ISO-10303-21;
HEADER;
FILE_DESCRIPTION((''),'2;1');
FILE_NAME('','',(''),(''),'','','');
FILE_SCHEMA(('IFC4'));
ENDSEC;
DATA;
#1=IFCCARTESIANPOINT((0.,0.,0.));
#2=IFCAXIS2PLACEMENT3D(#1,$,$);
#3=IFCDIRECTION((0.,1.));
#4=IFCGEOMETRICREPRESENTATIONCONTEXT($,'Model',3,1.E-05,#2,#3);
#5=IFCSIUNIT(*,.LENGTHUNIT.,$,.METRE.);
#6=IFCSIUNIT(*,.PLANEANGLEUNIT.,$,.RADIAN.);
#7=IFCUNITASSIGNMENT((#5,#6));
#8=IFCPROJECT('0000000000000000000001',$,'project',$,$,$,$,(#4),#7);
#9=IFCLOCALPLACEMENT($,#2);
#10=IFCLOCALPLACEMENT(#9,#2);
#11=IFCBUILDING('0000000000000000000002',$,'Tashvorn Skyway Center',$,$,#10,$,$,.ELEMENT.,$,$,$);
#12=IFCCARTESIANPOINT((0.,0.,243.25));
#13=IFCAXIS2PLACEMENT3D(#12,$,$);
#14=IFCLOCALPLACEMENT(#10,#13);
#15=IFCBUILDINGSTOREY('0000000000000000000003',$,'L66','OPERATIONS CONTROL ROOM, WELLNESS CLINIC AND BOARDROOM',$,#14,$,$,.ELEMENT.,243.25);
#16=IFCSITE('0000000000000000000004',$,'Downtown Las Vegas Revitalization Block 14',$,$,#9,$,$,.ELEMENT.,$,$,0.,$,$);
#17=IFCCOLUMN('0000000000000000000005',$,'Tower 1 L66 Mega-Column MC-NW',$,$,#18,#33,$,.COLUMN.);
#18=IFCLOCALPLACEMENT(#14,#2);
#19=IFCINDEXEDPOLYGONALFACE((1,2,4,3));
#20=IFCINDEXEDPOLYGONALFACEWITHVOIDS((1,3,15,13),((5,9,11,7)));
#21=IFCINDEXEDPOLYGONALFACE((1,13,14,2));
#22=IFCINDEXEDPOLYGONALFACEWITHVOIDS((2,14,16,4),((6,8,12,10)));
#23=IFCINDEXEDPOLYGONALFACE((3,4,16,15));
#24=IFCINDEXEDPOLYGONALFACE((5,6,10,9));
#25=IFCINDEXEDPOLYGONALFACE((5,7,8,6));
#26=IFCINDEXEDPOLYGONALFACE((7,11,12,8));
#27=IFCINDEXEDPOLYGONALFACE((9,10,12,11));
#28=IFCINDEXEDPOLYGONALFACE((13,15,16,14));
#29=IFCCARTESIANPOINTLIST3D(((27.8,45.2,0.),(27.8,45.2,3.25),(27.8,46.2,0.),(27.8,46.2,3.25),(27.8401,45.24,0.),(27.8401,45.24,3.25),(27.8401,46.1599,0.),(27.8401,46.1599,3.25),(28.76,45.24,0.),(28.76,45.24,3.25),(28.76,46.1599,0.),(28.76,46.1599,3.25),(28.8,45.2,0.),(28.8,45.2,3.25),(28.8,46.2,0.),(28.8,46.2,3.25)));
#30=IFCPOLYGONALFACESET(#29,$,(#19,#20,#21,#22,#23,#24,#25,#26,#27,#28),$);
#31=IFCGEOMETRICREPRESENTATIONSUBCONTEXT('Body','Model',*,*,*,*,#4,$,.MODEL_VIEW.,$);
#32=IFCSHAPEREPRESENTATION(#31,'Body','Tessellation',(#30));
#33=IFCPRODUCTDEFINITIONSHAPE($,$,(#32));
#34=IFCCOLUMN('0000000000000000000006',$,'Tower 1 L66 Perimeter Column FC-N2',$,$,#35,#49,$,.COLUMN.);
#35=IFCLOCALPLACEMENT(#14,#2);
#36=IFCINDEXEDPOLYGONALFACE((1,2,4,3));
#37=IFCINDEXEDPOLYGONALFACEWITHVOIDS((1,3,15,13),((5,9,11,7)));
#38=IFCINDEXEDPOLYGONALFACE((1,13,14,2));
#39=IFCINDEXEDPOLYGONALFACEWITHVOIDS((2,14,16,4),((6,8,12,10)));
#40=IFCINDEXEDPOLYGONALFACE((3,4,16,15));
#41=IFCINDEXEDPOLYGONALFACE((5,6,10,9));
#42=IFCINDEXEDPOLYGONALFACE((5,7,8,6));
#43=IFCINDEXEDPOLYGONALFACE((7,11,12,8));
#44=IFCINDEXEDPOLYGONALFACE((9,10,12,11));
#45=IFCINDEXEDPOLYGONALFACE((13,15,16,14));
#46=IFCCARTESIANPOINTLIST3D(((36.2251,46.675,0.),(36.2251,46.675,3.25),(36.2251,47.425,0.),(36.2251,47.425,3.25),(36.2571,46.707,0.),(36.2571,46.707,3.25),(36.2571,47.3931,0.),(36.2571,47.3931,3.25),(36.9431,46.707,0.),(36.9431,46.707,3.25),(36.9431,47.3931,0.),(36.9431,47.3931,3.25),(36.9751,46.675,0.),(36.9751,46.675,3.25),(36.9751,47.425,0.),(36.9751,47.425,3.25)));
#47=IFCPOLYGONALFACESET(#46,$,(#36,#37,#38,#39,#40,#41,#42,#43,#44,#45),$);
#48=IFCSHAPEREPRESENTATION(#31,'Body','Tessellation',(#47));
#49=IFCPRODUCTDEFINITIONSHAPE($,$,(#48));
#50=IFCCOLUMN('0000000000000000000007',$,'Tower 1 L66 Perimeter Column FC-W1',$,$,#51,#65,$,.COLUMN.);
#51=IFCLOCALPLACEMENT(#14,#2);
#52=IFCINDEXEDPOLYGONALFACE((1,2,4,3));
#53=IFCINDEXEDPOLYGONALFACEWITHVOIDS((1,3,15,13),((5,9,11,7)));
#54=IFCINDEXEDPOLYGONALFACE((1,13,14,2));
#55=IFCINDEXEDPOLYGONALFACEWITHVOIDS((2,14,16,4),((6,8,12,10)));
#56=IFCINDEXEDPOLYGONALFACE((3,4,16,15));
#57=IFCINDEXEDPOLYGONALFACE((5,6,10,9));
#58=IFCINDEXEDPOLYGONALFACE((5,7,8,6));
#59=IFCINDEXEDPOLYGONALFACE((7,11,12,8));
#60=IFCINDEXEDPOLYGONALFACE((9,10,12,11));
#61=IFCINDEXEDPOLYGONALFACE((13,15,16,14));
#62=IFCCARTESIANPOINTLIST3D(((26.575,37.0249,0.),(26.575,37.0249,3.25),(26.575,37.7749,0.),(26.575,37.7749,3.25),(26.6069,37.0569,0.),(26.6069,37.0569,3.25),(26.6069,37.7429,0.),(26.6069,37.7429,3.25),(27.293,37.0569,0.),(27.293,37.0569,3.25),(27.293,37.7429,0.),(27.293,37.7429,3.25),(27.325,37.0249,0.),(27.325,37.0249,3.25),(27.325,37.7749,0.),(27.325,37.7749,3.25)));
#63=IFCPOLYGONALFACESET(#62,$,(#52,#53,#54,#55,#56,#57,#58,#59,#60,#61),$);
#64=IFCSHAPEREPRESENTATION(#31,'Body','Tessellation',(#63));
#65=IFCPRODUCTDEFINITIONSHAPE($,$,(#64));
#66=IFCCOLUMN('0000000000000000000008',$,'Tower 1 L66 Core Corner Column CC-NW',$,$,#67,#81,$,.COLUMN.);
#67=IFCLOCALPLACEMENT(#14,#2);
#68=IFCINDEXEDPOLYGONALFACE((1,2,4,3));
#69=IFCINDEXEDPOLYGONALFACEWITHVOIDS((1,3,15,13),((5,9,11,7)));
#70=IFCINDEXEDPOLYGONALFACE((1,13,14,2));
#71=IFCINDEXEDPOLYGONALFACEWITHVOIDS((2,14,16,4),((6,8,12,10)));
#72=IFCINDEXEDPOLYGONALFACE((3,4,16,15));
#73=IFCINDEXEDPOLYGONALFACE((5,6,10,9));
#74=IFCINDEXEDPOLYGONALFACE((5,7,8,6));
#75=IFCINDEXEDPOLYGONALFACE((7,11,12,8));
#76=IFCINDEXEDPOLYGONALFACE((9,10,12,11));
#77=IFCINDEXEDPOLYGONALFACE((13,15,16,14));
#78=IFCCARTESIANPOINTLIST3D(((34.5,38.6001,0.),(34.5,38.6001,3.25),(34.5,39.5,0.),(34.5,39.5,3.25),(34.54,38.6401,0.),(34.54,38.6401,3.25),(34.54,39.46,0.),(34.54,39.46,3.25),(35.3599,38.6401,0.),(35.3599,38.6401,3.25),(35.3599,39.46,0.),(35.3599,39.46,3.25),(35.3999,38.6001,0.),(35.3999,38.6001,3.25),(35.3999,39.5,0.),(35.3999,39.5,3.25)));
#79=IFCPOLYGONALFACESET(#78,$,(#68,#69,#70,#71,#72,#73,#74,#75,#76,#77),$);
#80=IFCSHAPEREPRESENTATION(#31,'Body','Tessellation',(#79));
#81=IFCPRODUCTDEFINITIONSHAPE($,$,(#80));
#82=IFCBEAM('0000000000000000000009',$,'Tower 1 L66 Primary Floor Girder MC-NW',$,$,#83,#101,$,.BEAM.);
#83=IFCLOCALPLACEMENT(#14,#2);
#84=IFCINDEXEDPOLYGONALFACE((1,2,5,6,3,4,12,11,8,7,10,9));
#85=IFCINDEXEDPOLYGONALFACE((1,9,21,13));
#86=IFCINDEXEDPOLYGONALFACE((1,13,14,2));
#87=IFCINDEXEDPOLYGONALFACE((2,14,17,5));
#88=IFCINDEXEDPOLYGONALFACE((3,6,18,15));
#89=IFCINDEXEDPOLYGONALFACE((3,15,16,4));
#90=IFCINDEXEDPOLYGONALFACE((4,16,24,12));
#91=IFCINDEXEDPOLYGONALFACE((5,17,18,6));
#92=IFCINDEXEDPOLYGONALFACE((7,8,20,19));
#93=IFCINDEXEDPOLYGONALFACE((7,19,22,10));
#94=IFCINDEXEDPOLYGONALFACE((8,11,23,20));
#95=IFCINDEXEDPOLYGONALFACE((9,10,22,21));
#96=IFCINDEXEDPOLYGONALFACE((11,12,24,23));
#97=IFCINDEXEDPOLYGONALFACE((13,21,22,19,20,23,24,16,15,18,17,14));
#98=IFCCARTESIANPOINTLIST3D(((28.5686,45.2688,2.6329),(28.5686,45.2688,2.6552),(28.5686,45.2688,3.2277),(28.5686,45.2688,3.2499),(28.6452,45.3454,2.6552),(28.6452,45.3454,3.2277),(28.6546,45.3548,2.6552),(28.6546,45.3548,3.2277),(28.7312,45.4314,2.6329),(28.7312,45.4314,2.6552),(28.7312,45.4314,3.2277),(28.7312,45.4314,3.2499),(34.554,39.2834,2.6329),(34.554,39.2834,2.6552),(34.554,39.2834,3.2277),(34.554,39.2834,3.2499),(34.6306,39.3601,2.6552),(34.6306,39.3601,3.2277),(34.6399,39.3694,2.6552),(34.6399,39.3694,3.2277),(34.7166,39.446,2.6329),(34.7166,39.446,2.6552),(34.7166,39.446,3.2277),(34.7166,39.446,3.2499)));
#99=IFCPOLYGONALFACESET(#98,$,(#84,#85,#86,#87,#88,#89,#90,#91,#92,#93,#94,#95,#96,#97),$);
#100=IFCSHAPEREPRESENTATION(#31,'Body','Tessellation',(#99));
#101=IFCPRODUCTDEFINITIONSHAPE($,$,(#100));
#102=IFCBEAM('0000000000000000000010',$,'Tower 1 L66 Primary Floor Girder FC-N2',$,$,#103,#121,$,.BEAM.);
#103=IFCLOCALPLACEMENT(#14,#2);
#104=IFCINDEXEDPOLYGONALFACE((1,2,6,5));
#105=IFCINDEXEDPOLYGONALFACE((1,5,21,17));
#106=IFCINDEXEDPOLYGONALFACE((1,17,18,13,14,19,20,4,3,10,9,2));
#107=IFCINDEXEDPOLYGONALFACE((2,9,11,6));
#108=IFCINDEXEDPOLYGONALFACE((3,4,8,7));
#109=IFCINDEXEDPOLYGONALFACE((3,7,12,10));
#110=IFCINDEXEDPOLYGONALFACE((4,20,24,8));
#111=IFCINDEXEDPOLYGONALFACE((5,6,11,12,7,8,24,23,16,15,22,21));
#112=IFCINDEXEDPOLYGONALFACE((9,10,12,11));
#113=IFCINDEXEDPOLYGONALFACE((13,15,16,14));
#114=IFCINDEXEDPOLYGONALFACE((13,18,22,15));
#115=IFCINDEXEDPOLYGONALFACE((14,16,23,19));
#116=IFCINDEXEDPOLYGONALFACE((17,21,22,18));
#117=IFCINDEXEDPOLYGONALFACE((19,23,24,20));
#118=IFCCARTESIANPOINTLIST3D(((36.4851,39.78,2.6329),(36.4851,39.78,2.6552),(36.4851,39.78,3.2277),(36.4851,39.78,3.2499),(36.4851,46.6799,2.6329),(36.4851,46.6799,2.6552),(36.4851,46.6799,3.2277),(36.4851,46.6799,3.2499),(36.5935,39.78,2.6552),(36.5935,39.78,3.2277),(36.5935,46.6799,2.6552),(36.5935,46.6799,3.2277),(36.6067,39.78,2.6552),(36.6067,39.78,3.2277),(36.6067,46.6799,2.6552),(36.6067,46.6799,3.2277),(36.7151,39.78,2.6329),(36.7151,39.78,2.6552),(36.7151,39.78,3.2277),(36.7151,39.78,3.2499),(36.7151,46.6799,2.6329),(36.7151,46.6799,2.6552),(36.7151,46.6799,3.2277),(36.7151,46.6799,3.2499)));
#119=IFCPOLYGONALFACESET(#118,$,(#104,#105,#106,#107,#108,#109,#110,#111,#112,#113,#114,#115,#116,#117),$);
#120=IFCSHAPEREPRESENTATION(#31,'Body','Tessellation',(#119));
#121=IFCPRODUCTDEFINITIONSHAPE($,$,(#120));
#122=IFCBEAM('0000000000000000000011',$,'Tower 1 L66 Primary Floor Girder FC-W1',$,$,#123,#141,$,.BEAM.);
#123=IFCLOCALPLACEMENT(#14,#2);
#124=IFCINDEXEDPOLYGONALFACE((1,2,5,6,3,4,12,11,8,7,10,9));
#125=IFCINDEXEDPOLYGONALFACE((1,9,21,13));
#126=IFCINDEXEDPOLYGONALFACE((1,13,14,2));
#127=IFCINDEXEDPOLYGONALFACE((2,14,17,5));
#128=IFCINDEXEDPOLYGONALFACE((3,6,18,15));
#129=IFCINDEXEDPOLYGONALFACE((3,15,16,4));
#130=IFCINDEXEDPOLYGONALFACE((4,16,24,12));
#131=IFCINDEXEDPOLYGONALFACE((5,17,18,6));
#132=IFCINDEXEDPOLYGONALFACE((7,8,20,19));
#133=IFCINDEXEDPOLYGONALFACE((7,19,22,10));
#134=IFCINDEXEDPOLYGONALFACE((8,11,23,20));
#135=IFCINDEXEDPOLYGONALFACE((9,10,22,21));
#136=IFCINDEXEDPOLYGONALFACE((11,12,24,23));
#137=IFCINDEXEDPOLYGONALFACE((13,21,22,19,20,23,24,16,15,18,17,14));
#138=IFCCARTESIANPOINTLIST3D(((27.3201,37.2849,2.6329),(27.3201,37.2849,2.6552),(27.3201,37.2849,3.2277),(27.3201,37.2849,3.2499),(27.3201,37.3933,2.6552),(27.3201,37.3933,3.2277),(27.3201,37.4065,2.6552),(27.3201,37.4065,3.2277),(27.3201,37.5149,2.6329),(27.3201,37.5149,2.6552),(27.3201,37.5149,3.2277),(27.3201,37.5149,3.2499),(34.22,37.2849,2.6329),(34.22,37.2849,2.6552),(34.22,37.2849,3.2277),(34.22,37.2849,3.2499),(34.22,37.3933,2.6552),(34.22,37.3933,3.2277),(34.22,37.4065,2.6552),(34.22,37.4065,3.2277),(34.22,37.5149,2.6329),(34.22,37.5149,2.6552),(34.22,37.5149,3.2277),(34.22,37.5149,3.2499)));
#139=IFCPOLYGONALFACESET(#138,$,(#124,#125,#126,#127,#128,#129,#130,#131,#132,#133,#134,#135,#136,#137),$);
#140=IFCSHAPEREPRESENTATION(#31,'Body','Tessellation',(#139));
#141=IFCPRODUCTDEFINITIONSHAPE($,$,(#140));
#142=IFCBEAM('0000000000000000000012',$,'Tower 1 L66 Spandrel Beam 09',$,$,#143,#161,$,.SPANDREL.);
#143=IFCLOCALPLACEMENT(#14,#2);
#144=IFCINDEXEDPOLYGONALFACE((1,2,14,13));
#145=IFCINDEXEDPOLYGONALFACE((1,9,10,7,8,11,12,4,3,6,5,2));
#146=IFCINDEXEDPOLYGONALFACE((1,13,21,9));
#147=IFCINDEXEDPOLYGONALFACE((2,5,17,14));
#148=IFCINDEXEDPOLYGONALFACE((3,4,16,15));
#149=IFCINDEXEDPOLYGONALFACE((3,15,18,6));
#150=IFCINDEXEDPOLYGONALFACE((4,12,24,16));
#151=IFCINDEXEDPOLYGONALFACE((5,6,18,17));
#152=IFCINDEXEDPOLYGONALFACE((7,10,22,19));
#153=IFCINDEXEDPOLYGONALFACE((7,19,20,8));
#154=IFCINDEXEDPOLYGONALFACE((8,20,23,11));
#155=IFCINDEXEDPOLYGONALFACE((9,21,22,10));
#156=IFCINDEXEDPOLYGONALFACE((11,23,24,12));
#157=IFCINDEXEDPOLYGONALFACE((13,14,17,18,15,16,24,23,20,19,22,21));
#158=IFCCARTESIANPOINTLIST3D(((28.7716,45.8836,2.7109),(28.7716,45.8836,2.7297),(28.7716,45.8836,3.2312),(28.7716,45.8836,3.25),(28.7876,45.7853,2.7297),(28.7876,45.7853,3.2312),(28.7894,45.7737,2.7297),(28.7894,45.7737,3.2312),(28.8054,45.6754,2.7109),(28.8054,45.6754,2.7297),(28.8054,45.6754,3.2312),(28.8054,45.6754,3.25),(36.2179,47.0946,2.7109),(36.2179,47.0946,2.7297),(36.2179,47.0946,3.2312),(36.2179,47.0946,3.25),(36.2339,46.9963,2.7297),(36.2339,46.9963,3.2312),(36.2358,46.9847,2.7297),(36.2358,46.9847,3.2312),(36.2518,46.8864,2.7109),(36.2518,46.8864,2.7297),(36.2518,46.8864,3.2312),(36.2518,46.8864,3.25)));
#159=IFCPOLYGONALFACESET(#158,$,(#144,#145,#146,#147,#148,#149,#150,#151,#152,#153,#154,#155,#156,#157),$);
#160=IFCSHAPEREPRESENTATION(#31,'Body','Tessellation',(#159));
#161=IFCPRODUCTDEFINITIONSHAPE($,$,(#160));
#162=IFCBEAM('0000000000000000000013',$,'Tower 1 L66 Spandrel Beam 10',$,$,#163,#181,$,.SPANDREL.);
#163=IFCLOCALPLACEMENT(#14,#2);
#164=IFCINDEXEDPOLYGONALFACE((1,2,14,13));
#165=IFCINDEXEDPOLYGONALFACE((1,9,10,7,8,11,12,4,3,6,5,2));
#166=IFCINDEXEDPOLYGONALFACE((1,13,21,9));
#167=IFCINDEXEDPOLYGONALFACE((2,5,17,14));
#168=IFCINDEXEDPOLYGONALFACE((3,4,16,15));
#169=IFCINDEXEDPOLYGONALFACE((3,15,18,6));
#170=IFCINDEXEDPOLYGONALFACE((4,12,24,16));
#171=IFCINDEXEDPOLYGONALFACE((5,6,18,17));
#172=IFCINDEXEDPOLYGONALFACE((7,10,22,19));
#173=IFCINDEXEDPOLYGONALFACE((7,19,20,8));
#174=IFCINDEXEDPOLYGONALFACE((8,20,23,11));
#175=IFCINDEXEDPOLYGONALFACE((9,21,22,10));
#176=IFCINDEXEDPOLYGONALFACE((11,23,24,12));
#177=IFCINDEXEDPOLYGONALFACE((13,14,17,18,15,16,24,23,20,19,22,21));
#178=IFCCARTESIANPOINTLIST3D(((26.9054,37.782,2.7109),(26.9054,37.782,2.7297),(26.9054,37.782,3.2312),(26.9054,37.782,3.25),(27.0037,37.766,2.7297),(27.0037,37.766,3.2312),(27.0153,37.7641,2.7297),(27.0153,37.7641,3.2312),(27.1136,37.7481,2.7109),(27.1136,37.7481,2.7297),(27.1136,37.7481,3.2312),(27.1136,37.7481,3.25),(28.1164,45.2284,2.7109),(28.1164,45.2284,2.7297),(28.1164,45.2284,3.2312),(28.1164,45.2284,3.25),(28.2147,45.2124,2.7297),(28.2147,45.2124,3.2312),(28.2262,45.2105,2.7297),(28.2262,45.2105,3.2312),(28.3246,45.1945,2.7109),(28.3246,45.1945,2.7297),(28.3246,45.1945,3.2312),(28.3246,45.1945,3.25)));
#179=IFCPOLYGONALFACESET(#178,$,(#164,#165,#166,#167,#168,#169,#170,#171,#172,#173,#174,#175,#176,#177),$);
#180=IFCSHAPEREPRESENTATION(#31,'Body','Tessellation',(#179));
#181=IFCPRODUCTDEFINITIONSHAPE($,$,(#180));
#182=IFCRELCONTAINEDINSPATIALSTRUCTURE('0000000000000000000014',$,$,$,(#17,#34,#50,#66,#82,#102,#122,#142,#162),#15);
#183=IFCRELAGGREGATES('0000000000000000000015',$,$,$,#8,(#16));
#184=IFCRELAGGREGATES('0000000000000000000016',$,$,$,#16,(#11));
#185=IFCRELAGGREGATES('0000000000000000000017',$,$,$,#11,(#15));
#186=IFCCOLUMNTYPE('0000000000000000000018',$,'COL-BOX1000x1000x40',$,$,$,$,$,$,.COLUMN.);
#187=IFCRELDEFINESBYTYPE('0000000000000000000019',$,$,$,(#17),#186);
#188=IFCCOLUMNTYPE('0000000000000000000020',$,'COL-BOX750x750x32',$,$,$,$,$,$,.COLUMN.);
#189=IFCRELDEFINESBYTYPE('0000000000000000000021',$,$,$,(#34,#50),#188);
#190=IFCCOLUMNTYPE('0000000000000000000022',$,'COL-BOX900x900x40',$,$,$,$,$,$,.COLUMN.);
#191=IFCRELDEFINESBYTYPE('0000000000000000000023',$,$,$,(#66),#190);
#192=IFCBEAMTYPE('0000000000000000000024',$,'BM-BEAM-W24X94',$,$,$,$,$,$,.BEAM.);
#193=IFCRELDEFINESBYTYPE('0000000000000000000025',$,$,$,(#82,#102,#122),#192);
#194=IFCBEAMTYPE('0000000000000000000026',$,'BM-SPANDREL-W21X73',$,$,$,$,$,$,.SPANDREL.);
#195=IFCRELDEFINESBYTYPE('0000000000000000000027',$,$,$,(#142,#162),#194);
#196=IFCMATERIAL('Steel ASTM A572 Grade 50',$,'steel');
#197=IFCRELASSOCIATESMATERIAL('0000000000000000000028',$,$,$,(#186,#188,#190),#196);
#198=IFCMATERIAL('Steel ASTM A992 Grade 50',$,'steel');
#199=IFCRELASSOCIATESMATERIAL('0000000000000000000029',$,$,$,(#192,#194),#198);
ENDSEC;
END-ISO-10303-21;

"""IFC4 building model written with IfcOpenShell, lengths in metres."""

from ifc_helpers import new_model, si_unit, direction, frame, origin, origin_2d, place, context, subcontext, project, spatial, hollow_rectangle, i_section, extrude, material, material_profile, profile_set, type_object, element, save


model = new_model("IFC4")

# Units and contexts
model_context = context("Model", 3, precision=1e-05, world=origin(), true_north=direction((0.0, 1.0)))
body_context = subcontext(model_context, "Body", "Model", "MODEL_VIEW")
ifc_project = project(units=[si_unit("LENGTHUNIT", "METRE"), si_unit("PLANEANGLEUNIT", "RADIAN")], contexts=[model_context])

# Site, building, storey
site_placement = place(None, origin())
site = spatial("IfcSite", under=ifc_project, at=site_placement, Name="Downtown Las Vegas Revitalization Block 14", CompositionType="ELEMENT", RefElevation=0.0)
building_placement = place(site_placement, origin())
building = spatial("IfcBuilding", under=site, at=building_placement, Name="Tashvorn Skyway Center", CompositionType="ELEMENT")
storey_placement = place(building_placement, frame((0.0, 0.0, 243.25)))
storey = spatial("IfcBuildingStorey", under=building, at=storey_placement, Name="L66", Description="OPERATIONS CONTROL ROOM, WELLNESS CLINIC AND BOARDROOM", CompositionType="ELEMENT", Elevation=243.25)

# Columns
ifc_material_1 = material(Name="Steel ASTM A572 Grade 50", Category="steel")
ifc_material_profile_1 = material_profile(ifc_material_1, hollow_rectangle(XDim=1.0, YDim=1.0, WallThickness=0.04, at=origin_2d()), Name="BOX1000x1000x40")
ifc_profile_set_1 = profile_set([ifc_material_profile_1], Name="Steel ASTM A572 Grade 50")
column_type_1 = type_object("IfcColumnType", Name="COL-BOX1000x1000x40", PredefinedType="COLUMN", material=ifc_profile_set_1)
column_1_placement = place(storey_placement, frame((28.3, 45.7, 0.0), z_axis=(0.0, 0.0, 1.0), x_axis=(1.0, 0.0, 0.0)))
element("IfcColumn", 1, at=column_1_placement, inside=storey, type_object=column_type_1, Name="Tower 1 L66 Mega-Column MC-NW", PredefinedType="COLUMN", context=body_context, shape_type="SweptSolid", body=[
    extrude(hollow_rectangle(XDim=1.0, YDim=1.0, WallThickness=0.04, at=origin_2d()), origin(), (0.0, 0.0, 1.0), 3.25),
])
ifc_material_profile_2 = material_profile(ifc_material_1, hollow_rectangle(XDim=0.75, YDim=0.75, WallThickness=0.032, at=origin_2d()), Name="BOX750x750x32")
ifc_profile_set_2 = profile_set([ifc_material_profile_2], Name="Steel ASTM A572 Grade 50")
column_type_2 = type_object("IfcColumnType", Name="COL-BOX750x750x32", PredefinedType="COLUMN", material=ifc_profile_set_2)
for number, where, z_axis, x_axis, name in (
    (2, (36.6001, 47.05, 0.0), (0.0, 0.0, 1.0), (1.0, 0.0, 0.0), "Tower 1 L66 Perimeter Column FC-N2"),
    (3, (26.95, 37.3999, 0.0), (0.0, 0.0, 1.0), (1.0, 0.0, 0.0), "Tower 1 L66 Perimeter Column FC-W1"),
):
    element("IfcColumn", number, at=place(storey_placement, frame(where, z_axis=z_axis, x_axis=x_axis)), inside=storey, type_object=column_type_2, Name=name, PredefinedType="COLUMN", context=body_context, shape_type="SweptSolid", body=[
        extrude(hollow_rectangle(XDim=0.75, YDim=0.75, WallThickness=0.032, at=origin_2d()), origin(), (0.0, 0.0, 1.0), 3.25),
    ])
ifc_material_profile_3 = material_profile(ifc_material_1, hollow_rectangle(XDim=0.8999, YDim=0.8999, WallThickness=0.04, at=origin_2d()), Name="BOX900x900x40")
ifc_profile_set_3 = profile_set([ifc_material_profile_3], Name="Steel ASTM A572 Grade 50")
column_type_3 = type_object("IfcColumnType", Name="COL-BOX900x900x40", PredefinedType="COLUMN", material=ifc_profile_set_3)
column_2_placement = place(storey_placement, frame((34.95, 39.05, 0.0), z_axis=(0.0, 0.0, 1.0), x_axis=(1.0, 0.0, 0.0)))
element("IfcColumn", 4, at=column_2_placement, inside=storey, type_object=column_type_3, Name="Tower 1 L66 Core Corner Column CC-NW", PredefinedType="COLUMN", context=body_context, shape_type="SweptSolid", body=[
    extrude(hollow_rectangle(XDim=0.8999, YDim=0.8999, WallThickness=0.04, at=origin_2d()), origin(), (0.0, 0.0, 1.0), 3.25),
])

# Beams
ifc_material_2 = material(Name="Steel ASTM A992 Grade 50", Category="steel")
ifc_material_profile_4 = material_profile(ifc_material_2, i_section(OverallWidth=0.23, OverallDepth=0.6169, WebThickness=0.0132, FlangeThickness=0.0222, at=origin_2d()), Name="W24X94")
ifc_profile_set_4 = profile_set([ifc_material_profile_4], Name="Steel ASTM A992 Grade 50")
beam_type_1 = type_object("IfcBeamType", Name="BM-BEAM-W24X94", PredefinedType="BEAM", material=ifc_profile_set_4)
beam_1_placement = place(storey_placement, frame((28.6499, 45.3501, 2.9414), z_axis=(0.707107, -0.707107, 0.0), x_axis=(0.707107, 0.707107, 0.0)))
element("IfcBeam", 5, at=beam_1_placement, inside=storey, type_object=beam_type_1, Name="Tower 1 L66 Primary Floor Girder MC-NW", PredefinedType="BEAM", context=body_context, shape_type="SweptSolid", body=[
    extrude(i_section(OverallWidth=0.23, OverallDepth=0.6169, WebThickness=0.0132, FlangeThickness=0.0222, at=origin_2d()), origin(), (0.0, 0.0, 1.0), 8.4646),
])
for number, where, z_axis, x_axis, name in (
    (6, (36.6001, 46.6799, 2.9414), (0.0, -1.0, 0.0), (1.0, 0.0, 0.0), "Tower 1 L66 Primary Floor Girder FC-N2"),
    (7, (27.3201, 37.3999, 2.9414), (1.0, 0.0, 0.0), (0.0, 1.0, 0.0), "Tower 1 L66 Primary Floor Girder FC-W1"),
):
    element("IfcBeam", number, at=place(storey_placement, frame(where, z_axis=z_axis, x_axis=x_axis)), inside=storey, type_object=beam_type_1, Name=name, PredefinedType="BEAM", context=body_context, shape_type="SweptSolid", body=[
        extrude(i_section(OverallWidth=0.23, OverallDepth=0.6169, WebThickness=0.0132, FlangeThickness=0.0222, at=origin_2d()), origin(), (0.0, 0.0, 1.0), 6.8999),
    ])
ifc_material_profile_5 = material_profile(ifc_material_2, i_section(OverallWidth=0.2109, OverallDepth=0.5391, WebThickness=0.0117, FlangeThickness=0.0188, at=origin_2d()), Name="W21X73")
ifc_profile_set_5 = profile_set([ifc_material_profile_5], Name="Steel ASTM A992 Grade 50")
beam_type_2 = type_object("IfcBeamType", Name="BM-SPANDREL-W21X73", PredefinedType="SPANDREL", material=ifc_profile_set_5)
for number, where, z_axis, x_axis, name in (
    (8, (36.2349, 46.9905, 2.9805), (-0.987034, -0.160514, 0.0), (0.160514, -0.987034, 0.0), "Tower 1 L66 Spandrel Beam 09"),
    (9, (28.2205, 45.2114, 2.9805), (-0.160514, -0.987034, 0.0), (0.987034, -0.160514, 0.0), "Tower 1 L66 Spandrel Beam 10"),
):
    element("IfcBeam", number, at=place(storey_placement, frame(where, z_axis=z_axis, x_axis=x_axis)), inside=storey, type_object=beam_type_2, Name=name, PredefinedType="SPANDREL", context=body_context, shape_type="SweptSolid", body=[
        extrude(i_section(OverallWidth=0.2109, OverallDepth=0.5391, WebThickness=0.0117, FlangeThickness=0.0188, at=origin_2d()), origin(), (0.0, 0.0, 1.0), 7.5442),
    ])

save(model, "model.ifc")
